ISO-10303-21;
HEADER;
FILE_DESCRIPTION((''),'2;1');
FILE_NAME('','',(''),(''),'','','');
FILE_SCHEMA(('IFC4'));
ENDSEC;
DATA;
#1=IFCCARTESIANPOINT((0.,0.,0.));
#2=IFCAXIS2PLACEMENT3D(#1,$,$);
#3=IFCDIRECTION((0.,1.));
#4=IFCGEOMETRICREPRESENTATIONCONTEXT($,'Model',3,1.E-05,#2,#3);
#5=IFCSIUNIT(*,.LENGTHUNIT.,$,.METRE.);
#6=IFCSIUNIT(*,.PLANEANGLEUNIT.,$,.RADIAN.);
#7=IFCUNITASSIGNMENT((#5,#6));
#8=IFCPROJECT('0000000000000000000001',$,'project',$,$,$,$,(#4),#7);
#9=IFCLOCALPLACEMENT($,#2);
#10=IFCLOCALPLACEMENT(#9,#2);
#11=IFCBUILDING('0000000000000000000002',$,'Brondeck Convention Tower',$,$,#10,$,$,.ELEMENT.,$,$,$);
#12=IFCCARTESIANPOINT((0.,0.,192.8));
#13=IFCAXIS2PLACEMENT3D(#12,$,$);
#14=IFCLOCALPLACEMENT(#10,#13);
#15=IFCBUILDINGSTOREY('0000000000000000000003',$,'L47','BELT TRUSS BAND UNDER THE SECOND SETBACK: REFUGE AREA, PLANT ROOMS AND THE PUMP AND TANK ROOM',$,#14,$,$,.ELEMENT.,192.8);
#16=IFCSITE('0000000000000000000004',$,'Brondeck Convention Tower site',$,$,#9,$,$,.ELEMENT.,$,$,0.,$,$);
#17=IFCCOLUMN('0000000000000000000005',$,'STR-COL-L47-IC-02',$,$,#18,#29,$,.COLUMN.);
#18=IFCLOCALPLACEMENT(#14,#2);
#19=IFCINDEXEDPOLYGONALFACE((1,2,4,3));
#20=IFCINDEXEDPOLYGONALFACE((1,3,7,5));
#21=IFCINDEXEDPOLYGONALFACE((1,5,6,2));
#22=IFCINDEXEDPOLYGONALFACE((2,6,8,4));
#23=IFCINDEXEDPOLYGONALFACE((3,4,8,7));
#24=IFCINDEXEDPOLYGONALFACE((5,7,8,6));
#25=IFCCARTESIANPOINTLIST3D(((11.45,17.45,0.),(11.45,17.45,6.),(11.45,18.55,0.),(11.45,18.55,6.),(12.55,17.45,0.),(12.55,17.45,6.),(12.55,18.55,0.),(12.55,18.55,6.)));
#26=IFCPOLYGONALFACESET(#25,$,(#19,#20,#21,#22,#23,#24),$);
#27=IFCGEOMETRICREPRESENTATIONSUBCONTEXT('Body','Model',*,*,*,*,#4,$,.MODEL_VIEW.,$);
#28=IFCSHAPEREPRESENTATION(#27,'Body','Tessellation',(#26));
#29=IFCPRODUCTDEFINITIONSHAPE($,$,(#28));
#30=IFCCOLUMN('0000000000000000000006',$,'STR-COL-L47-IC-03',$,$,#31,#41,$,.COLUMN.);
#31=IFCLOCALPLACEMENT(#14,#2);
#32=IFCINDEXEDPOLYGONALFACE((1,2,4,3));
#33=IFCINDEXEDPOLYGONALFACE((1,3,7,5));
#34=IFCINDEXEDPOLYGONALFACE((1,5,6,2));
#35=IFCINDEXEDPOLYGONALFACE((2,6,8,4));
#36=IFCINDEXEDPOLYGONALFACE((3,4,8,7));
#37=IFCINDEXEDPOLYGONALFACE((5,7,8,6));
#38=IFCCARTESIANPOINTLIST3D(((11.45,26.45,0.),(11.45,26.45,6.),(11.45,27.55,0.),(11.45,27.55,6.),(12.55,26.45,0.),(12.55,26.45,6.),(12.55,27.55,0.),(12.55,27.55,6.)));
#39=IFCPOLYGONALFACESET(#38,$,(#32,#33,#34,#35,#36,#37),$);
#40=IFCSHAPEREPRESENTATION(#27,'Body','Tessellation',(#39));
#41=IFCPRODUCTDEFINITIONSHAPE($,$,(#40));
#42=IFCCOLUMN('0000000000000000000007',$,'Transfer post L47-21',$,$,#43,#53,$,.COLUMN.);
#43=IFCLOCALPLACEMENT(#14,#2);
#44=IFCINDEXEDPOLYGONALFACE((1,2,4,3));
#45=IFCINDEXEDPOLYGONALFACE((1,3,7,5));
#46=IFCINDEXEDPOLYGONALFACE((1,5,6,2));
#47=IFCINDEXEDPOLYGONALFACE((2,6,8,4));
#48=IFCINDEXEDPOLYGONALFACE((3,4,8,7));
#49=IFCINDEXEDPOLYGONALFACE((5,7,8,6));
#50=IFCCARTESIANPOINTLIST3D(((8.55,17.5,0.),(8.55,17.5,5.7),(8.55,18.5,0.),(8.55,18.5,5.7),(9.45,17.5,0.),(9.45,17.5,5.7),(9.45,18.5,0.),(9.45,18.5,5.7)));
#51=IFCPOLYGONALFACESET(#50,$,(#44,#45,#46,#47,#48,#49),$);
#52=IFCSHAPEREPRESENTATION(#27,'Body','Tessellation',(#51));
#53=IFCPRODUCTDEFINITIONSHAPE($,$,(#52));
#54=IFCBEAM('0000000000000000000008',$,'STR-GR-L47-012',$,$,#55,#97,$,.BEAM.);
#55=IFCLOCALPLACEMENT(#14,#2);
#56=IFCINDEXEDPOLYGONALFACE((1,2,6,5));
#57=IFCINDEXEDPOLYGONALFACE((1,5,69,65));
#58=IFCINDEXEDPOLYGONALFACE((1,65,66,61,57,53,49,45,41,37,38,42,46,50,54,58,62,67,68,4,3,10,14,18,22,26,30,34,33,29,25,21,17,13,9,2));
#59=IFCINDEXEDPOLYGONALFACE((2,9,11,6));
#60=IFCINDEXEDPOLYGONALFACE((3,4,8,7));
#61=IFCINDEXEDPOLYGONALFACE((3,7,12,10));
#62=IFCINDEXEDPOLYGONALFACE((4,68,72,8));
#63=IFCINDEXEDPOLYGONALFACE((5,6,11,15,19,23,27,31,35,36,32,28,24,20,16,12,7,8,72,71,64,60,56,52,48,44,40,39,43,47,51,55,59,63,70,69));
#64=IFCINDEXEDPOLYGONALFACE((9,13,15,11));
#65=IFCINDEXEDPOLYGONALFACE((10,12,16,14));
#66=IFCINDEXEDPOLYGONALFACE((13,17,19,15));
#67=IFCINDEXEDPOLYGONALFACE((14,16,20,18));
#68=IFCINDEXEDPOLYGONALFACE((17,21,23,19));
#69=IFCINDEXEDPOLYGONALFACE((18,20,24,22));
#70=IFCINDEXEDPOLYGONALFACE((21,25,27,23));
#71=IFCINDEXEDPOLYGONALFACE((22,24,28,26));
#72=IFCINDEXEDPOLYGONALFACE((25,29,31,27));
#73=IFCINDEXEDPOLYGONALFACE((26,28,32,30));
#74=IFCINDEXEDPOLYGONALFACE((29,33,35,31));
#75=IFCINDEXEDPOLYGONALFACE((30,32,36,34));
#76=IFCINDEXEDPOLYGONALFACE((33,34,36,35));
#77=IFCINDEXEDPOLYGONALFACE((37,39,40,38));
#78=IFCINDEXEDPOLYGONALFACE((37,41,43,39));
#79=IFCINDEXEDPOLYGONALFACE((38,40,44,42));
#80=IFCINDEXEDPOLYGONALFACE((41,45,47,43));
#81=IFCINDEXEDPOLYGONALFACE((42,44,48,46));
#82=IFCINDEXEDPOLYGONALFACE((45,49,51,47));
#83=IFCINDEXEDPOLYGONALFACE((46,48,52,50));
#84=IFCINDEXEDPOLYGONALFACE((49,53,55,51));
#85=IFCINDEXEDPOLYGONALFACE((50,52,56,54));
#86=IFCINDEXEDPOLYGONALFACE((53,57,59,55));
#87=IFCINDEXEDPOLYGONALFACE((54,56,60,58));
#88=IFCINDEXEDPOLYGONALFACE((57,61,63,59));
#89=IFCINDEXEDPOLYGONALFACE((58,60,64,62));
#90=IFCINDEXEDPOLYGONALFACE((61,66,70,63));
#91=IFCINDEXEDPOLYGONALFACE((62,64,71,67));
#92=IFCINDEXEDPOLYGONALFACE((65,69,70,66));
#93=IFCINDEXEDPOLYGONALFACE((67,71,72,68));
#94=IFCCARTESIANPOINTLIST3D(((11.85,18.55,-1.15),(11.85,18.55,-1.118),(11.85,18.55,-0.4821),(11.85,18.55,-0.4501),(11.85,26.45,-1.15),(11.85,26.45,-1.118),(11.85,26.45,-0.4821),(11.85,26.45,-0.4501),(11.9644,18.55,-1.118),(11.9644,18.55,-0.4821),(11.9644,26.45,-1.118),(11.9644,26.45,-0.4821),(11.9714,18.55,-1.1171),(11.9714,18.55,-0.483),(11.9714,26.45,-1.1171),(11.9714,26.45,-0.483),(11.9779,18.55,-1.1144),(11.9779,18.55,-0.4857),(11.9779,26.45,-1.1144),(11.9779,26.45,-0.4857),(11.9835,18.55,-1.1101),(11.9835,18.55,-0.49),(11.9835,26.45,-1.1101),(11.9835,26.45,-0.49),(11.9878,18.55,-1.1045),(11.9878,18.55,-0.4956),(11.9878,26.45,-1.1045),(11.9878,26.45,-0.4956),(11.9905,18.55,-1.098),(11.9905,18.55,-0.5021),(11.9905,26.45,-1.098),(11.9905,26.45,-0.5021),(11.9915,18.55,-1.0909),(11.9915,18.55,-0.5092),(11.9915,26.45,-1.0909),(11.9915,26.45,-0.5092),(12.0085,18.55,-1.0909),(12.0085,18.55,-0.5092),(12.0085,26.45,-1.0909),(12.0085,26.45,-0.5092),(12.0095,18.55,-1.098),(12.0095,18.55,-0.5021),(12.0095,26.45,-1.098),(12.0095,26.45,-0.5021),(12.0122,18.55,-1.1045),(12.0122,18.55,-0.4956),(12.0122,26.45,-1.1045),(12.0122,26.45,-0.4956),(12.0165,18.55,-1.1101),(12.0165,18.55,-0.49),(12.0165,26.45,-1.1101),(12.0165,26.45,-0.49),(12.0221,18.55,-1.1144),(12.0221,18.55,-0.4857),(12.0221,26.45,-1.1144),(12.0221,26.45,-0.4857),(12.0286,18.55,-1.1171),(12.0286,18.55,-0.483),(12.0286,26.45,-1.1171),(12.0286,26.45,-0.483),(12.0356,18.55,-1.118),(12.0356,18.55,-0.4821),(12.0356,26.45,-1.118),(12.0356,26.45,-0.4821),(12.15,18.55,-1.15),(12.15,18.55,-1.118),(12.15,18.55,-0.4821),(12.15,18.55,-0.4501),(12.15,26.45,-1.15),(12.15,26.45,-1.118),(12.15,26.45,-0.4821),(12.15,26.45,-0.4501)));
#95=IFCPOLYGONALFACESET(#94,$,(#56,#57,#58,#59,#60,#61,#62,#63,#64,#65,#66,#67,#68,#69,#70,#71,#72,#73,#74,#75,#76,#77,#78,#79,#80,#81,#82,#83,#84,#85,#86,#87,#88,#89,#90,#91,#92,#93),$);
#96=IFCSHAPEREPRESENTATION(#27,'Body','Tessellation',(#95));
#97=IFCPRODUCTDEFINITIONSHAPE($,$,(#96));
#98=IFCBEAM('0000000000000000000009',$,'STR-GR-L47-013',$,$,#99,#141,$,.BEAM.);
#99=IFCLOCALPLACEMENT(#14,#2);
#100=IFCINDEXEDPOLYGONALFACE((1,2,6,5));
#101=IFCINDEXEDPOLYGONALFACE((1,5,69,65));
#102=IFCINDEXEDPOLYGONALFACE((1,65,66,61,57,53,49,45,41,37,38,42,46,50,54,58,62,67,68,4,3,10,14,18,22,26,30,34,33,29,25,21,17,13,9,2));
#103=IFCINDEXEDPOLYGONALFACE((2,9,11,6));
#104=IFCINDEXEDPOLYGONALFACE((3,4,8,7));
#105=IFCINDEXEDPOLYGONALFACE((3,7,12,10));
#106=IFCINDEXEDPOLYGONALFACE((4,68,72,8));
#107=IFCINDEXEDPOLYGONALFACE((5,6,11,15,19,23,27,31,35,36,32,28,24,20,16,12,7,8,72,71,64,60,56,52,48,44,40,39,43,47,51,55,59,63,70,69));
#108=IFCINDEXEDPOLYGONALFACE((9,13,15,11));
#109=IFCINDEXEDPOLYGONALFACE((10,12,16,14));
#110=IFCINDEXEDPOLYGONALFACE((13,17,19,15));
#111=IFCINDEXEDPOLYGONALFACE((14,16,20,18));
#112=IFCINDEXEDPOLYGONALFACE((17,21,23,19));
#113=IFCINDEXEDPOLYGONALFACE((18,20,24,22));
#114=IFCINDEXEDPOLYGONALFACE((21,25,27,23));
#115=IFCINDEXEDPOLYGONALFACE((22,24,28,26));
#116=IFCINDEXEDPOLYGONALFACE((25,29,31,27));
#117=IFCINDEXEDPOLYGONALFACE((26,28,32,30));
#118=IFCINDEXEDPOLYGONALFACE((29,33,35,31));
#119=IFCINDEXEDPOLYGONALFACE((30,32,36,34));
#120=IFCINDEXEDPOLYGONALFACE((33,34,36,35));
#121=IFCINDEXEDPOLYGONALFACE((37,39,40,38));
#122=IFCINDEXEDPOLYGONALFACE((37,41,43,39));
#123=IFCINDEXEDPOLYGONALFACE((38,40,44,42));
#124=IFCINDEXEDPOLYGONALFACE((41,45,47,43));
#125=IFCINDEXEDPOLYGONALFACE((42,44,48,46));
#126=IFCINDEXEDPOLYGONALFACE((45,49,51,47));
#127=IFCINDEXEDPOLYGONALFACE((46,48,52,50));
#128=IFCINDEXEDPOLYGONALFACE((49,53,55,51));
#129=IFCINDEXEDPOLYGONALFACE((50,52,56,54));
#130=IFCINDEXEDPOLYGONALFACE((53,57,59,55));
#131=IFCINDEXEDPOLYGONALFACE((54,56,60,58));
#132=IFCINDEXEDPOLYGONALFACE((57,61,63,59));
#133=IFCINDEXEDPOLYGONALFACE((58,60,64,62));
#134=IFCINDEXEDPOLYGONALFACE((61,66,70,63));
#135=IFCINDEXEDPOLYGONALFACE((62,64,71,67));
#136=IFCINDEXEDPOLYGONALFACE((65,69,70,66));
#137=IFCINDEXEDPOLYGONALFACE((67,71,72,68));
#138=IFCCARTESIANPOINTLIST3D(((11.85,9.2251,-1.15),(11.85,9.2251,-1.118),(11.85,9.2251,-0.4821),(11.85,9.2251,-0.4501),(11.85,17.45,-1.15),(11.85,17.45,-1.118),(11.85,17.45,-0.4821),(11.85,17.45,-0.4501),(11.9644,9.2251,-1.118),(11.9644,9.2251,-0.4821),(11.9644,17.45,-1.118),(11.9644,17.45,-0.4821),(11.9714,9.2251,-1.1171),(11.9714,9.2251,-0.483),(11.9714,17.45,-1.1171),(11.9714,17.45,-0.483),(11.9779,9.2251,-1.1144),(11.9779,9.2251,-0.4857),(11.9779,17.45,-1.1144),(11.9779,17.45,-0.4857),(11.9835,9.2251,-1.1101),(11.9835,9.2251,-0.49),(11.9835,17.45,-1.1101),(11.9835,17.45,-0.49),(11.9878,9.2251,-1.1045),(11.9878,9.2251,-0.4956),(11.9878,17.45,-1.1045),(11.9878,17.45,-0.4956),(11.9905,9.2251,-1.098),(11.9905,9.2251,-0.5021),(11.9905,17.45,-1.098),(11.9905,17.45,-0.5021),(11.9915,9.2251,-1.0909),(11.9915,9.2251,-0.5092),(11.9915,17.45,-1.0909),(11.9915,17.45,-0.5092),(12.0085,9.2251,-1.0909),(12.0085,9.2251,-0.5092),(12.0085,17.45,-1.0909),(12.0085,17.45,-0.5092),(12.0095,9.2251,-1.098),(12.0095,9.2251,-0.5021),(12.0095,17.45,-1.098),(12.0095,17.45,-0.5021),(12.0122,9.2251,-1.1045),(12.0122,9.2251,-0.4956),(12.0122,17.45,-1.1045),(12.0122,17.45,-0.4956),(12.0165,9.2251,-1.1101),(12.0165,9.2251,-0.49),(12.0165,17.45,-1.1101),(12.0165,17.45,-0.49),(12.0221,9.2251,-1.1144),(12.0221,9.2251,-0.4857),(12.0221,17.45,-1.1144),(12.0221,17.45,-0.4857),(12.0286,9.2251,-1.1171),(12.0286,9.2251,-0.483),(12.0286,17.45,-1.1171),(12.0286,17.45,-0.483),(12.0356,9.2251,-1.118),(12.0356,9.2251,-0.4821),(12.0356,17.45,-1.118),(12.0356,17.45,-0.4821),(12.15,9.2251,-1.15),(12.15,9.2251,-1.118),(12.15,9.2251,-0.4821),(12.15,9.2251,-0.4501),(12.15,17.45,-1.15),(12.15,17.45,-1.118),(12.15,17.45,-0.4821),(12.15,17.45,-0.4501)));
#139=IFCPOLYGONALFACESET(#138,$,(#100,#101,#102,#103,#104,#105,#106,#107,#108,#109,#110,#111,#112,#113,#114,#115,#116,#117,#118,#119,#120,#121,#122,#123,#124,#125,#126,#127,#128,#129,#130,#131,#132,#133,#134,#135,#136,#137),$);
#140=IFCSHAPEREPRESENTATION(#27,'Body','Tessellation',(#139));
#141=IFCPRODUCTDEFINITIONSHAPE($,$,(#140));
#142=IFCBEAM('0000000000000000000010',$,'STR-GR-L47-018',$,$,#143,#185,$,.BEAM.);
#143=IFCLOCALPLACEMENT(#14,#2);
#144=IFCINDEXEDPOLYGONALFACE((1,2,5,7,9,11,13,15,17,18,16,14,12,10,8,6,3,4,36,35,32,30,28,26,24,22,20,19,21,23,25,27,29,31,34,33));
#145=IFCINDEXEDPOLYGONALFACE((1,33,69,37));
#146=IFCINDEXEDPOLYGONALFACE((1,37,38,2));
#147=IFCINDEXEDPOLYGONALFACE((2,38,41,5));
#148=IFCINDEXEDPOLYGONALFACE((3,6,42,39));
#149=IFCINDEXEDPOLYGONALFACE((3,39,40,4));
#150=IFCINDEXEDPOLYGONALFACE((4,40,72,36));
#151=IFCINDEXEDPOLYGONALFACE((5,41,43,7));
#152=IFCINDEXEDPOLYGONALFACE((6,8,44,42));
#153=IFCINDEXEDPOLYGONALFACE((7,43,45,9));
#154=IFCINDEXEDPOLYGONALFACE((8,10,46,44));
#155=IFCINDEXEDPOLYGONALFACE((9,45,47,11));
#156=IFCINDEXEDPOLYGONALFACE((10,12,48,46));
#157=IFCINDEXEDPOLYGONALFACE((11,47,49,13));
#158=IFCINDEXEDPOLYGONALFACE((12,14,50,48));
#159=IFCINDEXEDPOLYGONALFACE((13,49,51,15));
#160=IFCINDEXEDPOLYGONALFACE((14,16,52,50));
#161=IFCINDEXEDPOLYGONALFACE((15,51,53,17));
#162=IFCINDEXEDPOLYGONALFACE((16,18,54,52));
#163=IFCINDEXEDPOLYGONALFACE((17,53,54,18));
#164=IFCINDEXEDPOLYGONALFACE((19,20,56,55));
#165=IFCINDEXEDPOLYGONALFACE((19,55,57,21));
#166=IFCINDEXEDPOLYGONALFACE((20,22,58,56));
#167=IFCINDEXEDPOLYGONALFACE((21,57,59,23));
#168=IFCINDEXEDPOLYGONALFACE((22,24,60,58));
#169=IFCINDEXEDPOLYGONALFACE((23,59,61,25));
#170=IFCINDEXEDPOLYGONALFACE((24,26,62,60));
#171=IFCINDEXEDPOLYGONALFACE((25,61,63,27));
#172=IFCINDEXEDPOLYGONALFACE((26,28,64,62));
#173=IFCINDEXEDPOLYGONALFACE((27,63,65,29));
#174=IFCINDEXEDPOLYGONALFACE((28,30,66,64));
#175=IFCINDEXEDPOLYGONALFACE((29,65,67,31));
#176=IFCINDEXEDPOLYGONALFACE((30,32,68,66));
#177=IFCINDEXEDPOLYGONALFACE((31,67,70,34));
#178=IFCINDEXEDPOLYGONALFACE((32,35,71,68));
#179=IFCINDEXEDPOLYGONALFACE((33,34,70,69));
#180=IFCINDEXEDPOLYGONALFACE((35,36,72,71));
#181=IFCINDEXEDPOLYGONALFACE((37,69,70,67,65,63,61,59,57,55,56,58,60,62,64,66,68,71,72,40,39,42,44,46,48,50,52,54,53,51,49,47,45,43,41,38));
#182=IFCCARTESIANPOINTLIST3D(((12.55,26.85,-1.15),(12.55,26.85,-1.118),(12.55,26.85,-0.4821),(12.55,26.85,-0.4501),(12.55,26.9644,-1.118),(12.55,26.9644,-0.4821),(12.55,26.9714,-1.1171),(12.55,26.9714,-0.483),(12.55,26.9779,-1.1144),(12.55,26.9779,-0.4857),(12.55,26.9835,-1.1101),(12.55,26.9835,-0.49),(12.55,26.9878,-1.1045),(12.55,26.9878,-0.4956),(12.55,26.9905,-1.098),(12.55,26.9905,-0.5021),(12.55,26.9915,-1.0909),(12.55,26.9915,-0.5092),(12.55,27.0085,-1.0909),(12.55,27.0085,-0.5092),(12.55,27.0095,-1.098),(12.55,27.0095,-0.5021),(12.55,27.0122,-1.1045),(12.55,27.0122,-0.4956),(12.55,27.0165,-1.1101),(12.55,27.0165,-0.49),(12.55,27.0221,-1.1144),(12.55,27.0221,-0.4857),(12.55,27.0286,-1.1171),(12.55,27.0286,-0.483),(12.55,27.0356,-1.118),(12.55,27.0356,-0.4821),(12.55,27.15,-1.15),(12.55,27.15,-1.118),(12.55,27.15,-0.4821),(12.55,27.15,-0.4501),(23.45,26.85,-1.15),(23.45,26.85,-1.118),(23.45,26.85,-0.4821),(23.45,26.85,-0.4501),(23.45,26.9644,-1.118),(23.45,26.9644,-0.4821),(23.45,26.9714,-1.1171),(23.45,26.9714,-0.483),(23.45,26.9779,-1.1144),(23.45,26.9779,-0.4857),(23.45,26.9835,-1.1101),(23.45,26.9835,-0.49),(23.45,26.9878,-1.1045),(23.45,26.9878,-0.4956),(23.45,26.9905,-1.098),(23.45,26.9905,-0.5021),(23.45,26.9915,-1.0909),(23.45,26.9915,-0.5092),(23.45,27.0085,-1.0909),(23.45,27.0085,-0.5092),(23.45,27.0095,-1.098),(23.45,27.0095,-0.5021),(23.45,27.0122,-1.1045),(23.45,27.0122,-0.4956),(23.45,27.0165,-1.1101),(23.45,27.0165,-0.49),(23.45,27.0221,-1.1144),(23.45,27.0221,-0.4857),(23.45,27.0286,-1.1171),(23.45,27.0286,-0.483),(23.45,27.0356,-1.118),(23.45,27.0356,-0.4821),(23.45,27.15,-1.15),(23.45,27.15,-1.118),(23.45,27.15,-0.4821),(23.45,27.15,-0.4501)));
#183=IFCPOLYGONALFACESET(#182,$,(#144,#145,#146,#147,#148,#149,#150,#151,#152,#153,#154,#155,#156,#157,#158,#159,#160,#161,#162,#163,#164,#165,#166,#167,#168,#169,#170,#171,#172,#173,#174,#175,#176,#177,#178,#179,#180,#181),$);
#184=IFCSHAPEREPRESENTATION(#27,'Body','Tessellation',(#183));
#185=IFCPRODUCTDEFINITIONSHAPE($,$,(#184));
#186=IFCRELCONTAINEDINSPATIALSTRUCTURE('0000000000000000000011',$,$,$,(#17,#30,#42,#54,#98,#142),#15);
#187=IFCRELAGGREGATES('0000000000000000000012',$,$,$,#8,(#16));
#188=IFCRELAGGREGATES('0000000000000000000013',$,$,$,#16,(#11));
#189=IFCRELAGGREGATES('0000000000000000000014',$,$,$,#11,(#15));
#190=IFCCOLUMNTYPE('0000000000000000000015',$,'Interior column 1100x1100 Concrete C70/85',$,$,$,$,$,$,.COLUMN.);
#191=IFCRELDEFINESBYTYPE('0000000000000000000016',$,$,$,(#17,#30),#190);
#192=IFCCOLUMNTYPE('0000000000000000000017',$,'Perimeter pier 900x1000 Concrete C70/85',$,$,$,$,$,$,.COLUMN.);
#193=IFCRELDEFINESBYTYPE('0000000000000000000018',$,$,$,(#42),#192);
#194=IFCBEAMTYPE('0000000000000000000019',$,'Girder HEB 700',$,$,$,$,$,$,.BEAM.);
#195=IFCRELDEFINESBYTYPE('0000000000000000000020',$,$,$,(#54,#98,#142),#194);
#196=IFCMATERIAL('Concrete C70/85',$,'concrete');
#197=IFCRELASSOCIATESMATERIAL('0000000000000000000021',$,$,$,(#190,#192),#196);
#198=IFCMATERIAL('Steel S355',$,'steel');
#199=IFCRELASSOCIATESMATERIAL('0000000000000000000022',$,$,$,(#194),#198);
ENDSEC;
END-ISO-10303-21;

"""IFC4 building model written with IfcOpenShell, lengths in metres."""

from ifc_helpers import new_model, si_unit, direction, frame, origin, origin_2d, place, context, subcontext, project, spatial, rectangle, i_section, extrude, material, material_profile, profile_set, type_object, element, save


model = new_model("IFC4")

# Units and contexts
model_context = context("Model", 3, precision=1e-05, world=origin(), true_north=direction((0.0, 1.0)))
body_context = subcontext(model_context, "Body", "Model", "MODEL_VIEW")
ifc_project = project(units=[si_unit("LENGTHUNIT", "METRE"), si_unit("PLANEANGLEUNIT", "RADIAN")], contexts=[model_context])

# Site, building, storey
site_placement = place(None, origin())
site = spatial("IfcSite", under=ifc_project, at=site_placement, Name="Brondeck Convention Tower site", CompositionType="ELEMENT", RefElevation=0.0)
building_placement = place(site_placement, origin())
building = spatial("IfcBuilding", under=site, at=building_placement, Name="Brondeck Convention Tower", CompositionType="ELEMENT")
storey_placement = place(building_placement, frame((0.0, 0.0, 192.8)))
storey = spatial("IfcBuildingStorey", under=building, at=storey_placement, Name="L47", Description="BELT TRUSS BAND UNDER THE SECOND SETBACK: REFUGE AREA, PLANT ROOMS AND THE PUMP AND TANK ROOM", CompositionType="ELEMENT", Elevation=192.8)

# Columns
ifc_material_1 = material(Name="Concrete C70/85", Category="concrete")
ifc_material_profile_1 = material_profile(ifc_material_1, rectangle(XDim=1.1001, YDim=1.1001, at=origin_2d()), Name="Interior column 1100x1100 Concrete C70/85")
ifc_profile_set_1 = profile_set([ifc_material_profile_1], Name="Concrete C70/85")
column_type_1 = type_object("IfcColumnType", Name="Interior column 1100x1100 Concrete C70/85", PredefinedType="COLUMN", material=ifc_profile_set_1)
for number, where, z_axis, x_axis, name in (
    (1, (12.0, 18.0, 0.0), (0.0, 0.0, 1.0), (1.0, 0.0, 0.0), "STR-COL-L47-IC-02"),
    (2, (12.0, 27.0, 0.0), (0.0, 0.0, 1.0), (1.0, 0.0, 0.0), "STR-COL-L47-IC-03"),
):
    element("IfcColumn", number, at=place(storey_placement, frame(where, z_axis=z_axis, x_axis=x_axis)), inside=storey, type_object=column_type_1, Name=name, PredefinedType="COLUMN", context=body_context, shape_type="SweptSolid", body=[
        extrude(rectangle(XDim=1.1001, YDim=1.1001, at=origin_2d()), origin(), (0.0, 0.0, 1.0), 6.0),
    ])
ifc_material_profile_2 = material_profile(ifc_material_1, rectangle(XDim=0.8999, YDim=1.0, at=origin_2d()), Name="Perimeter pier 900x1000 Concrete C70/85")
ifc_profile_set_2 = profile_set([ifc_material_profile_2], Name="Concrete C70/85")
column_type_2 = type_object("IfcColumnType", Name="Perimeter pier 900x1000 Concrete C70/85", PredefinedType="COLUMN", material=ifc_profile_set_2)
column_placement = place(storey_placement, frame((9.0, 18.0, 0.0), z_axis=(0.0, 0.0, 1.0), x_axis=(1.0, 0.0, 0.0)))
element("IfcColumn", 3, at=column_placement, inside=storey, type_object=column_type_2, Name="Transfer post L47-21", PredefinedType="COLUMN", context=body_context, shape_type="SweptSolid", body=[
    extrude(rectangle(XDim=0.8999, YDim=1.0, at=origin_2d()), origin(), (0.0, 0.0, 1.0), 5.7),
])

# Beams
ifc_material_2 = material(Name="Steel S355", Category="steel")
ifc_material_profile_3 = material_profile(ifc_material_2, i_section(OverallWidth=0.3, OverallDepth=0.7, WebThickness=0.0171, FlangeThickness=0.032, FilletRadius=0.0271, at=origin_2d()), Name="HEB 700")
ifc_profile_set_3 = profile_set([ifc_material_profile_3], Name="Steel S355")
beam_type_1 = type_object("IfcBeamType", Name="Girder HEB 700", PredefinedType="BEAM", material=ifc_profile_set_3)
beam_1_placement = place(storey_placement, frame((12.0, 26.45, -0.8), z_axis=(0.0, -1.0, 0.0), x_axis=(1.0, 0.0, 0.0)))
element("IfcBeam", 4, at=beam_1_placement, inside=storey, type_object=beam_type_1, Name="STR-GR-L47-012", PredefinedType="BEAM", context=body_context, shape_type="SweptSolid", body=[
    extrude(i_section(OverallWidth=0.3, OverallDepth=0.7, WebThickness=0.0171, FlangeThickness=0.032, FilletRadius=0.0271, at=origin_2d()), origin(), (0.0, 0.0, 1.0), 7.8999),
])
beam_2_placement = place(storey_placement, frame((12.0, 17.45, -0.8), z_axis=(0.0, -1.0, 0.0), x_axis=(1.0, 0.0, 0.0)))
element("IfcBeam", 5, at=beam_2_placement, inside=storey, type_object=beam_type_1, Name="STR-GR-L47-013", PredefinedType="BEAM", context=body_context, shape_type="SweptSolid", body=[
    extrude(i_section(OverallWidth=0.3, OverallDepth=0.7, WebThickness=0.0171, FlangeThickness=0.032, FilletRadius=0.0271, at=origin_2d()), origin(), (0.0, 0.0, 1.0), 8.2249),
])
beam_3_placement = place(storey_placement, frame((12.55, 27.0, -0.8), z_axis=(1.0, 0.0, 0.0), x_axis=(0.0, 1.0, 0.0)))
element("IfcBeam", 6, at=beam_3_placement, inside=storey, type_object=beam_type_1, Name="STR-GR-L47-018", PredefinedType="BEAM", context=body_context, shape_type="SweptSolid", body=[
    extrude(i_section(OverallWidth=0.3, OverallDepth=0.7, WebThickness=0.0171, FlangeThickness=0.032, FilletRadius=0.0271, at=origin_2d()), origin(), (0.0, 0.0, 1.0), 10.8999),
])

save(model, "model.ifc")
